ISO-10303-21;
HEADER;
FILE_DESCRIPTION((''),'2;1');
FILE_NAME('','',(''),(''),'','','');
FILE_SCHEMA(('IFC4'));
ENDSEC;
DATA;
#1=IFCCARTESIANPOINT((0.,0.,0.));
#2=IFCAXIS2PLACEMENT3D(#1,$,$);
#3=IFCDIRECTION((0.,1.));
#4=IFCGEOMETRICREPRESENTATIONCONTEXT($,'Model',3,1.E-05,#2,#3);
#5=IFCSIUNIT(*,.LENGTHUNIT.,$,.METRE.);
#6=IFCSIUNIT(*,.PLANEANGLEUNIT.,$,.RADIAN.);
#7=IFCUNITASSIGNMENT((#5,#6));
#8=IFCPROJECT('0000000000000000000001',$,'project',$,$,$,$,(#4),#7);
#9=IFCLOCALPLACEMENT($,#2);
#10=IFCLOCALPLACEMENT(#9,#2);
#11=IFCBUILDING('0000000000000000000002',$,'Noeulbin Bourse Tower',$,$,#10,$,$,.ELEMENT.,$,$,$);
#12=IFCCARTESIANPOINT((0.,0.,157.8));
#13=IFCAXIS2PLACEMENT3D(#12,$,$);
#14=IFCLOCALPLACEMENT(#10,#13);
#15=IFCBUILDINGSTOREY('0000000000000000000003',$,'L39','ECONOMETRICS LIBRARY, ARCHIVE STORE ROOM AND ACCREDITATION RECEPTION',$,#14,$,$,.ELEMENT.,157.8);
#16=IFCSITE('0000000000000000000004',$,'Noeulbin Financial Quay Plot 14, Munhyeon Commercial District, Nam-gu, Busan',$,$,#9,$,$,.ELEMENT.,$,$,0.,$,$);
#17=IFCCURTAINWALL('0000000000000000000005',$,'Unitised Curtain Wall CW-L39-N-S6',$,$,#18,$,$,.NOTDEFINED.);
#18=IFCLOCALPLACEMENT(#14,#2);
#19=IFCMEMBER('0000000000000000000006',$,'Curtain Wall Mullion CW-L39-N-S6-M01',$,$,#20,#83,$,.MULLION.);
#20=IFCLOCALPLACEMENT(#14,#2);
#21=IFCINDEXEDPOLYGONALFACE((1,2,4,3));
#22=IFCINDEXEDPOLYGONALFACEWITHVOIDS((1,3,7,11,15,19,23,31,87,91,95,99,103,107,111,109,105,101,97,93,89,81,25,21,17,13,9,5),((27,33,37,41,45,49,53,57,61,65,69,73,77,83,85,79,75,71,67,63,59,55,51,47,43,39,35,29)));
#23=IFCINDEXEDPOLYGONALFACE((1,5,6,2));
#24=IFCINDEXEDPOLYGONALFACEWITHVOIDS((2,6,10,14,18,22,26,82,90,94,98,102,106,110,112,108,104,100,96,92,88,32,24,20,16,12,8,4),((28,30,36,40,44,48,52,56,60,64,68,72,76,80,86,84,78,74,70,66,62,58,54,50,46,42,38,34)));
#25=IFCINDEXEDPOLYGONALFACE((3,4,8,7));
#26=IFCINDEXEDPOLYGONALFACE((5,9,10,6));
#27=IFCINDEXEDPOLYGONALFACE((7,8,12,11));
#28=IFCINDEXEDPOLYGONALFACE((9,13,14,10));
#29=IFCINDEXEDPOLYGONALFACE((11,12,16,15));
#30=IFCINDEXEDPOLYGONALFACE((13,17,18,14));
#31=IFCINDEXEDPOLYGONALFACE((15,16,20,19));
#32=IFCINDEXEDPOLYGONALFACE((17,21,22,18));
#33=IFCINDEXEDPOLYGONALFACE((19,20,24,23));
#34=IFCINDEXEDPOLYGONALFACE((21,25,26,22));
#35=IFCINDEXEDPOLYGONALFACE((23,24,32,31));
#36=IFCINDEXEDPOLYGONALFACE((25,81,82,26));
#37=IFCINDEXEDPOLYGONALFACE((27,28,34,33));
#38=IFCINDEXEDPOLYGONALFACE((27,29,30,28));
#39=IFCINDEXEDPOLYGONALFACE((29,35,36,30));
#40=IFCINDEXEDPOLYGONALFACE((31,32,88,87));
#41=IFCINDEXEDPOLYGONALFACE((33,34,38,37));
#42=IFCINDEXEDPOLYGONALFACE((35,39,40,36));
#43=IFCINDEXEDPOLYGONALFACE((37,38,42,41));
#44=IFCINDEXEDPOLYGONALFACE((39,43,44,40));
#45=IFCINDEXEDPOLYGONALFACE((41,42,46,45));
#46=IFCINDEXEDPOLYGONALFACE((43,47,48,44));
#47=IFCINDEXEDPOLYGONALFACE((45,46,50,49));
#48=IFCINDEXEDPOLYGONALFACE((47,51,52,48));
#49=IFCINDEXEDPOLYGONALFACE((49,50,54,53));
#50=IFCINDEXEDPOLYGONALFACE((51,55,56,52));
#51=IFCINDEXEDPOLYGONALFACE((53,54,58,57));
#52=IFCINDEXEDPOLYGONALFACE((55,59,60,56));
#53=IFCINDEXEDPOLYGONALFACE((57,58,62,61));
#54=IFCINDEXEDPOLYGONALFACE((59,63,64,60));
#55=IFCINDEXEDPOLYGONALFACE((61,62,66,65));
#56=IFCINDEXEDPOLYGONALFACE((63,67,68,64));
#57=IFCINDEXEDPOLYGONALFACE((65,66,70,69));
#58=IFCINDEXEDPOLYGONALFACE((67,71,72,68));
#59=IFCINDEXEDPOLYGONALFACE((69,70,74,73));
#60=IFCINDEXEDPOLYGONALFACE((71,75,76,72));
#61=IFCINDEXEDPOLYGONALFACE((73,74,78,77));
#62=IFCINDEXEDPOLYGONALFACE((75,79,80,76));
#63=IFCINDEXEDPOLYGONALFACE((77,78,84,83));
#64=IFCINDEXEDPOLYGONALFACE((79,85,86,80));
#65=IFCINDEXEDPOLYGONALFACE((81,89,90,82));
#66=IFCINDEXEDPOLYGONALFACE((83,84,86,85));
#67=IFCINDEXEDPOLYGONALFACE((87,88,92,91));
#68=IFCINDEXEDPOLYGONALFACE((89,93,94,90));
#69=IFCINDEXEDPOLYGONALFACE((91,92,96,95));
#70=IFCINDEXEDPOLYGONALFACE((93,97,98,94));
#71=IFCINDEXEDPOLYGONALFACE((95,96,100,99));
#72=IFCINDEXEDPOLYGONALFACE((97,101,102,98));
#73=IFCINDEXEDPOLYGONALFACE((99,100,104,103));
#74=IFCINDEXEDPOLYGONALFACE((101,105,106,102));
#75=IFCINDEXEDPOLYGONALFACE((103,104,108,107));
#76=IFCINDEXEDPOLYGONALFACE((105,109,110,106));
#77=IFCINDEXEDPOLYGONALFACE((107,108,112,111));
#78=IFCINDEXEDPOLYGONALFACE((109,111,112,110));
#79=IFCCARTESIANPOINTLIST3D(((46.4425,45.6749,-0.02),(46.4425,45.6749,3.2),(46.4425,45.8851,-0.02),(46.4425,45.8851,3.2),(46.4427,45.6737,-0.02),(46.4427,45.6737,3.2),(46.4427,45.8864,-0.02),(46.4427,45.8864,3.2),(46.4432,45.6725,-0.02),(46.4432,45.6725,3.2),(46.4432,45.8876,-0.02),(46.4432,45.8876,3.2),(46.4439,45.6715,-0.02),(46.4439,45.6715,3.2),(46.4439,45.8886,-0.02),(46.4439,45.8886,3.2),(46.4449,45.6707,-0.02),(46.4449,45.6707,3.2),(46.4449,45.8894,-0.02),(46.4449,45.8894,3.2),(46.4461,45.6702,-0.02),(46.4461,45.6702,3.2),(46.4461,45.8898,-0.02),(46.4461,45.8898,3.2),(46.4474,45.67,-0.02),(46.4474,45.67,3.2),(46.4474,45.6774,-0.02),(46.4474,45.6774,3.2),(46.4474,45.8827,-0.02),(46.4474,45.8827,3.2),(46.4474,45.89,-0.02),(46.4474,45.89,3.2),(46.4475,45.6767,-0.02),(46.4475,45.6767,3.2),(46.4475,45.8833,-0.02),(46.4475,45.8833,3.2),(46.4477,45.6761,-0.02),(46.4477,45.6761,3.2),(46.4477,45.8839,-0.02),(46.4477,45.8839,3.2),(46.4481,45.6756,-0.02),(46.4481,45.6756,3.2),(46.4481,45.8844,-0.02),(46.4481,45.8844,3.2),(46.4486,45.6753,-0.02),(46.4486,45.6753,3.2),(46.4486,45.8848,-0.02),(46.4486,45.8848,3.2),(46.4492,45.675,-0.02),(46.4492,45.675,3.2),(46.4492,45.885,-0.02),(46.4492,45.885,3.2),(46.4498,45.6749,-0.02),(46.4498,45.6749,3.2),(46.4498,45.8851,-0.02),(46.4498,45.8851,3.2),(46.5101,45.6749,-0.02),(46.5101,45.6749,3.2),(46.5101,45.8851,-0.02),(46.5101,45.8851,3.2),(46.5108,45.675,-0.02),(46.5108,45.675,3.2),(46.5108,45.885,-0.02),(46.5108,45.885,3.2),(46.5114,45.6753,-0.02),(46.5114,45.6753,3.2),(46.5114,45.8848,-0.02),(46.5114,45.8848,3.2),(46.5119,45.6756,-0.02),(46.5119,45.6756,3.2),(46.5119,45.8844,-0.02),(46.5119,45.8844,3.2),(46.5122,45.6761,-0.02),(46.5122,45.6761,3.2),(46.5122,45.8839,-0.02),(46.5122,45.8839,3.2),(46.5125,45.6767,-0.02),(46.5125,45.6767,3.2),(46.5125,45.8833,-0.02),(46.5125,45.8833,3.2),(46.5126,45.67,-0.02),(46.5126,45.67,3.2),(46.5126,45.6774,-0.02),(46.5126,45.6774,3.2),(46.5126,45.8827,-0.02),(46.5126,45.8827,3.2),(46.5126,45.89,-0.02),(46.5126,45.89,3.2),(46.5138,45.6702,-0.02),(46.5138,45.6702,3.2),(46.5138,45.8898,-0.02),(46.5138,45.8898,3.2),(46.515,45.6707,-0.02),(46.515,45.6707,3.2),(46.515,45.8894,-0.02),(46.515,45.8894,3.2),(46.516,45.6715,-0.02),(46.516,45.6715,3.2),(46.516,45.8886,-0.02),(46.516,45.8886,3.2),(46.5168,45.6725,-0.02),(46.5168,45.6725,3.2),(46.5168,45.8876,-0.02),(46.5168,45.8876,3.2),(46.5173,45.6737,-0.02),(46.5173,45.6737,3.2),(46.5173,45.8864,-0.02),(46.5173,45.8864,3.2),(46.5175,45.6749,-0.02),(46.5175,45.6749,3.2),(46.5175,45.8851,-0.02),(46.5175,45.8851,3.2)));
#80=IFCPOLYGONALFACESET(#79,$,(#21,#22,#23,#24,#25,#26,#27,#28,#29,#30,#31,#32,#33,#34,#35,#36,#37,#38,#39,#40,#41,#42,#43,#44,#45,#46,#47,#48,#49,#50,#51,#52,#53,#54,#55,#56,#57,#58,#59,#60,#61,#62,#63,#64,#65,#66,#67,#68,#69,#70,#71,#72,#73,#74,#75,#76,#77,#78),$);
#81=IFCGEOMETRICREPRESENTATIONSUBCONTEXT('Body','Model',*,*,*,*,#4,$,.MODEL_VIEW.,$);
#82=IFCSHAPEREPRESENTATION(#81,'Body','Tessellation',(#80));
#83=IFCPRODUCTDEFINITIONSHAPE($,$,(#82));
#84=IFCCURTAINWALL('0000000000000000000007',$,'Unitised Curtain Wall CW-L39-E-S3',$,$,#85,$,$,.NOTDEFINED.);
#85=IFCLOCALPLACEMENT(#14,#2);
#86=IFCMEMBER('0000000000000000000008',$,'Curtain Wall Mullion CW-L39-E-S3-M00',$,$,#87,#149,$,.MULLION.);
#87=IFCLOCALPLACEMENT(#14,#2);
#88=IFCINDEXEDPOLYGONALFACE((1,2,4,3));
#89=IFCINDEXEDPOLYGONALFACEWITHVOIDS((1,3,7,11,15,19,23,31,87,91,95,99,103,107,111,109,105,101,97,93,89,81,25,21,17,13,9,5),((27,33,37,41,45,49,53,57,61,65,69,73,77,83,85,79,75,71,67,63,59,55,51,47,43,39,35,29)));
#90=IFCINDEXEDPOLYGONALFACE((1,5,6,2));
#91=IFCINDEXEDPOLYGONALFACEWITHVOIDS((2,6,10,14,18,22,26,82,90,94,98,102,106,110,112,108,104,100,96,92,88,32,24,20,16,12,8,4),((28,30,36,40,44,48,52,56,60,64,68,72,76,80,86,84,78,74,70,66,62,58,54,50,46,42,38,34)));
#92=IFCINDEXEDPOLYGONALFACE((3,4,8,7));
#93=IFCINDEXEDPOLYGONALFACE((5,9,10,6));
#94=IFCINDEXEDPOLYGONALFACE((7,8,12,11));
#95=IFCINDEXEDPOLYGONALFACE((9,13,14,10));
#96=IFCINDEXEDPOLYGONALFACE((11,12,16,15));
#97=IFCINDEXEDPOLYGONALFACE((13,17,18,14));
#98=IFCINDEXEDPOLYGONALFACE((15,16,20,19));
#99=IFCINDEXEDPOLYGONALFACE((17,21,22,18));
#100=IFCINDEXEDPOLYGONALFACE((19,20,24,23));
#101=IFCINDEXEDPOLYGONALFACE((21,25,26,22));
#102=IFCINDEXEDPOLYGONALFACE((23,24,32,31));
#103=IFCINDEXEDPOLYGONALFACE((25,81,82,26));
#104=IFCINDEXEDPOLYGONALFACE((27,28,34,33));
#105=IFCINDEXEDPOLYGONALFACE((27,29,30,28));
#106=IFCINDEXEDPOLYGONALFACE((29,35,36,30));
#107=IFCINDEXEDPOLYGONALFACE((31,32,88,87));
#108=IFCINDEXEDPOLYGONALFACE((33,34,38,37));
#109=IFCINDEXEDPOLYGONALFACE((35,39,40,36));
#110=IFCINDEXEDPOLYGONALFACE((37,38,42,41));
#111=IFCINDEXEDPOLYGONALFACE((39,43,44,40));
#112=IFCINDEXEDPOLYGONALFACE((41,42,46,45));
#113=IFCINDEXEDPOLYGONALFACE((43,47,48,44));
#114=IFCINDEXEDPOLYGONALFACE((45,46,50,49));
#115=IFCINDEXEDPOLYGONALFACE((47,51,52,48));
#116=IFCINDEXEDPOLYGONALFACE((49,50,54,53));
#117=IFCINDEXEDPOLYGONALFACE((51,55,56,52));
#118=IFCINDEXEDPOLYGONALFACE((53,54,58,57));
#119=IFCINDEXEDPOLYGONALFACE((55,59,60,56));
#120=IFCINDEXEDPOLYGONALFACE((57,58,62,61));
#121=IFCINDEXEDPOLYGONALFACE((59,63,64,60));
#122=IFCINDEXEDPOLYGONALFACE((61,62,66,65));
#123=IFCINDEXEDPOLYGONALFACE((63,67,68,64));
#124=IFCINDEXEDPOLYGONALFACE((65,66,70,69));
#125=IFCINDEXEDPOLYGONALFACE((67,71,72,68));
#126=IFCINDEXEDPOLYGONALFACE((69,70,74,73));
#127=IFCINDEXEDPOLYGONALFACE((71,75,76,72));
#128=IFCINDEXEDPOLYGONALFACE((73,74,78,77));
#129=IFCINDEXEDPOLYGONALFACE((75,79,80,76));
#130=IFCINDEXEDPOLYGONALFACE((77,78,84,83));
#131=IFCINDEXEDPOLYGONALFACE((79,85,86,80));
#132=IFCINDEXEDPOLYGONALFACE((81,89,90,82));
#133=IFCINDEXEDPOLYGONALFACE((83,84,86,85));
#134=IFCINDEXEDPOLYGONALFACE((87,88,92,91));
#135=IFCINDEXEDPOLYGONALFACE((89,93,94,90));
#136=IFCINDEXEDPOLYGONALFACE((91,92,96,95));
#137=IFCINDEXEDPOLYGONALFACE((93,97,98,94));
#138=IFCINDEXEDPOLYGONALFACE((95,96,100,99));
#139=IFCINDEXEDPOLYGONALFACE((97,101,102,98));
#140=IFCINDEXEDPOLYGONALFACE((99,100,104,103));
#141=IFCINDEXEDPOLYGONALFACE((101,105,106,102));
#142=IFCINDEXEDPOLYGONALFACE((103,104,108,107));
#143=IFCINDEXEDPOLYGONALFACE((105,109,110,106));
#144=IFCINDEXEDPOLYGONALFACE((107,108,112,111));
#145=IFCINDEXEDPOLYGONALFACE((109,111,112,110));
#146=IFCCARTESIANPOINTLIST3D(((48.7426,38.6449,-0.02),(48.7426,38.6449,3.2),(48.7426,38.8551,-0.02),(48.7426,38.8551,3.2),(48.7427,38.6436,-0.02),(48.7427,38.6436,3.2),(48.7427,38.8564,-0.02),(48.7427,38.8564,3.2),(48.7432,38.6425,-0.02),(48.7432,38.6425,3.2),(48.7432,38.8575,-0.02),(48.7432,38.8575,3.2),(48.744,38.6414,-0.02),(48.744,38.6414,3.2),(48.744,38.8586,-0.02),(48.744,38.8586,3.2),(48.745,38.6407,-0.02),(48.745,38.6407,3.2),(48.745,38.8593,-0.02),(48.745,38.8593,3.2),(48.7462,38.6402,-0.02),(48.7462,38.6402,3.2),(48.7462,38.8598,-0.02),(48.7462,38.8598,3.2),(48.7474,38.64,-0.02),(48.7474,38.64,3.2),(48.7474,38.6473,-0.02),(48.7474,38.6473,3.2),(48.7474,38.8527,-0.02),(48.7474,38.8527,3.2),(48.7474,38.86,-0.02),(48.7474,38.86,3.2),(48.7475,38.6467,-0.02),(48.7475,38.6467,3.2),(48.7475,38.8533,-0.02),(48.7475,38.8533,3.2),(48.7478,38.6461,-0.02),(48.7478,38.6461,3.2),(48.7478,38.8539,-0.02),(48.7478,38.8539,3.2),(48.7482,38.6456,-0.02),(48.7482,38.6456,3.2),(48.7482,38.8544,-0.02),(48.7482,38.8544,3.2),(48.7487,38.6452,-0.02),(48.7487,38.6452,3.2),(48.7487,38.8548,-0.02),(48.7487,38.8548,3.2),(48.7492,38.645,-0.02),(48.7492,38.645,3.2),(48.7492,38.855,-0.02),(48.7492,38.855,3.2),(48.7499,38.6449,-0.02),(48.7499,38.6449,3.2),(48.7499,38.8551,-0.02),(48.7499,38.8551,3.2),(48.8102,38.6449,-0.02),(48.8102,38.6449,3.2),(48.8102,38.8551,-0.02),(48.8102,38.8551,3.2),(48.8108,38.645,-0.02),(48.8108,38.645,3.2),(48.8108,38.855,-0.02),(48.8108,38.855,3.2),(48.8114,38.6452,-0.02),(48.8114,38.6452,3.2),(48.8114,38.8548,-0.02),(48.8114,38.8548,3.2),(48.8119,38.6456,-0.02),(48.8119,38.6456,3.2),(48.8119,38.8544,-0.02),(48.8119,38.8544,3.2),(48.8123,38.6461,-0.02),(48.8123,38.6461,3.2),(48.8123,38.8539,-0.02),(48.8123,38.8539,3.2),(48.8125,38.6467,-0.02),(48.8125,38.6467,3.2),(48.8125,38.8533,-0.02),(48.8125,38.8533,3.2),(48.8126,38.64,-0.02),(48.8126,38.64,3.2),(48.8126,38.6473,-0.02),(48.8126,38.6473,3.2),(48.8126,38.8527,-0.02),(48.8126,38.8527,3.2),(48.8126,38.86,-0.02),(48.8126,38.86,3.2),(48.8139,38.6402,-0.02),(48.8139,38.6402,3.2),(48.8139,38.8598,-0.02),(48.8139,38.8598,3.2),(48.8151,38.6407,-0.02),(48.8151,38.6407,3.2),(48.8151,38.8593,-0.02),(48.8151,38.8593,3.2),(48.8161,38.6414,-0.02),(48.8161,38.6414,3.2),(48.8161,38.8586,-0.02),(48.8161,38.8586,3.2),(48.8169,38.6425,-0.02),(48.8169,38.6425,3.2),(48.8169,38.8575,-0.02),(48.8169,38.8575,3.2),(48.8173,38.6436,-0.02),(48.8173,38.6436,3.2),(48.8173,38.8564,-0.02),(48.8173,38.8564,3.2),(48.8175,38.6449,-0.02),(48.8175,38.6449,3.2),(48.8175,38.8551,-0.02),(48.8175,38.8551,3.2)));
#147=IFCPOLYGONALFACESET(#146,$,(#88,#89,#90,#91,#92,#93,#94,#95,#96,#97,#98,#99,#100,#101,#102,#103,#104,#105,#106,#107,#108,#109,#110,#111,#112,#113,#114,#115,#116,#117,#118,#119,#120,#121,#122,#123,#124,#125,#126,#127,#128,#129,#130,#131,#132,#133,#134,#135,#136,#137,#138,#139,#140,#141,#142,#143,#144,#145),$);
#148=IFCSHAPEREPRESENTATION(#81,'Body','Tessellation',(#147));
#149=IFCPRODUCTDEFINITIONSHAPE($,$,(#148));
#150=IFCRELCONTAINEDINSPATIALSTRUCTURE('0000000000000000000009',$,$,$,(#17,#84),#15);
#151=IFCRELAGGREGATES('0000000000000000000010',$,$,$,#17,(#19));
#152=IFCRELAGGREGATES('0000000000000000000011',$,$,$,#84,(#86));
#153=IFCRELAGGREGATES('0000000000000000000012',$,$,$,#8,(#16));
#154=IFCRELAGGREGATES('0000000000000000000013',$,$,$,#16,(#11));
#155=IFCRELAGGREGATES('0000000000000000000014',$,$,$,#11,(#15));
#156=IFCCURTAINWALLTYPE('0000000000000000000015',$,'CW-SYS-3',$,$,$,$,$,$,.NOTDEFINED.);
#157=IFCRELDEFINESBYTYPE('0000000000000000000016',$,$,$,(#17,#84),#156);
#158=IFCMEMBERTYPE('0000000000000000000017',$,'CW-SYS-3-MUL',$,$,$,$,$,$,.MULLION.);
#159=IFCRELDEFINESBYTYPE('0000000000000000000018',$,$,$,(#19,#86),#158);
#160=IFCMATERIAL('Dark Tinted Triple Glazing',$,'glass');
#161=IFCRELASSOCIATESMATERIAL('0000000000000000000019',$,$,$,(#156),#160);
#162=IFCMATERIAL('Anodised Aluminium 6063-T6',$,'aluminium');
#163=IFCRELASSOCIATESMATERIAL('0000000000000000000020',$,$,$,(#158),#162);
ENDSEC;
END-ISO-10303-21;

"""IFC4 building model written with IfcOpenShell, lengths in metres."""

from ifc_helpers import new_model, si_unit, direction, frame, origin, origin_2d, place, context, subcontext, project, spatial, hollow_rectangle, extrude, material, material_profile, profile_set, type_object, element, aggregate, save


model = new_model("IFC4")

# Units and contexts
model_context = context("Model", 3, precision=1e-05, world=origin(), true_north=direction((0.0, 1.0)))
body_context = subcontext(model_context, "Body", "Model", "MODEL_VIEW")
ifc_project = project(units=[si_unit("LENGTHUNIT", "METRE"), si_unit("PLANEANGLEUNIT", "RADIAN")], contexts=[model_context])

# Site, building, storey
site_placement = place(None, origin())
site = spatial("IfcSite", under=ifc_project, at=site_placement, Name="Noeulbin Financial Quay Plot 14, Munhyeon Commercial District, Nam-gu, Busan", CompositionType="ELEMENT", RefElevation=0.0)
building_placement = place(site_placement, origin())
building = spatial("IfcBuilding", under=site, at=building_placement, Name="Noeulbin Bourse Tower", CompositionType="ELEMENT")
storey_placement = place(building_placement, frame((0.0, 0.0, 157.8)))
storey = spatial("IfcBuildingStorey", under=building, at=storey_placement, Name="L39", Description="ECONOMETRICS LIBRARY, ARCHIVE STORE ROOM AND ACCREDITATION RECEPTION", CompositionType="ELEMENT", Elevation=157.8)

# Shared definitions
ifc_material_1 = material(Name="Dark Tinted Triple Glazing", Category="glass")
curtain_wall_type = type_object("IfcCurtainWallType", Name="CW-SYS-3", PredefinedType="NOTDEFINED", material=ifc_material_1)
ifc_material_2 = material(Name="Anodised Aluminium 6063-T6", Category="aluminium")
ifc_material_profile_1 = material_profile(ifc_material_2, hollow_rectangle(XDim=0.075, YDim=0.22, WallThickness=0.0049, InnerFilletRadius=0.0024, OuterFilletRadius=0.0049, at=origin_2d()), Name="ALU-MULL-75x220x5", Category="LoadBearing")
ifc_profile_set_1 = profile_set([ifc_material_profile_1], Name="Anodised Aluminium 6063-T6")
member_type_1 = type_object("IfcMemberType", Name="CW-SYS-3-MUL", PredefinedType="MULLION", material=ifc_profile_set_1)

# Curtain walls, members
curtain_wall_1_placement = place(storey_placement, origin())
curtain_wall_1 = element("IfcCurtainWall", 1, at=curtain_wall_1_placement, inside=storey, type_object=curtain_wall_type, Name="Unitised Curtain Wall CW-L39-N-S6", PredefinedType="NOTDEFINED")
member_1_placement = place(storey_placement, frame((46.48, 45.78, -0.02), z_axis=(0.0, 0.0, 1.0), x_axis=(1.0, 0.0, 0.0)))
member_1 = element("IfcMember", 2, at=member_1_placement, type_object=member_type_1, Name="Curtain Wall Mullion CW-L39-N-S6-M01", PredefinedType="MULLION", context=body_context, shape_type="SweptSolid", body=[
    extrude(hollow_rectangle(XDim=0.075, YDim=0.22, WallThickness=0.0049, InnerFilletRadius=0.0024, OuterFilletRadius=0.0049, at=origin_2d()), origin(), (0.0, 0.0, 1.0), 3.22),
])
curtain_wall_2_placement = place(storey_placement, origin())
curtain_wall_2 = element("IfcCurtainWall", 3, at=curtain_wall_2_placement, inside=storey, type_object=curtain_wall_type, Name="Unitised Curtain Wall CW-L39-E-S3", PredefinedType="NOTDEFINED")
member_2_placement = place(storey_placement, frame((48.78, 38.75, -0.02), z_axis=(0.0, 0.0, 1.0), x_axis=(1.0, 0.0, 0.0)))
member_2 = element("IfcMember", 4, at=member_2_placement, type_object=member_type_1, Name="Curtain Wall Mullion CW-L39-E-S3-M00", PredefinedType="MULLION", context=body_context, shape_type="SweptSolid", body=[
    extrude(hollow_rectangle(XDim=0.075, YDim=0.22, WallThickness=0.0049, InnerFilletRadius=0.0024, OuterFilletRadius=0.0049, at=origin_2d()), origin(), (0.0, 0.0, 1.0), 3.22),
])

aggregate(curtain_wall_1, [member_1])
aggregate(curtain_wall_2, [member_2])

save(model, "model.ifc")
